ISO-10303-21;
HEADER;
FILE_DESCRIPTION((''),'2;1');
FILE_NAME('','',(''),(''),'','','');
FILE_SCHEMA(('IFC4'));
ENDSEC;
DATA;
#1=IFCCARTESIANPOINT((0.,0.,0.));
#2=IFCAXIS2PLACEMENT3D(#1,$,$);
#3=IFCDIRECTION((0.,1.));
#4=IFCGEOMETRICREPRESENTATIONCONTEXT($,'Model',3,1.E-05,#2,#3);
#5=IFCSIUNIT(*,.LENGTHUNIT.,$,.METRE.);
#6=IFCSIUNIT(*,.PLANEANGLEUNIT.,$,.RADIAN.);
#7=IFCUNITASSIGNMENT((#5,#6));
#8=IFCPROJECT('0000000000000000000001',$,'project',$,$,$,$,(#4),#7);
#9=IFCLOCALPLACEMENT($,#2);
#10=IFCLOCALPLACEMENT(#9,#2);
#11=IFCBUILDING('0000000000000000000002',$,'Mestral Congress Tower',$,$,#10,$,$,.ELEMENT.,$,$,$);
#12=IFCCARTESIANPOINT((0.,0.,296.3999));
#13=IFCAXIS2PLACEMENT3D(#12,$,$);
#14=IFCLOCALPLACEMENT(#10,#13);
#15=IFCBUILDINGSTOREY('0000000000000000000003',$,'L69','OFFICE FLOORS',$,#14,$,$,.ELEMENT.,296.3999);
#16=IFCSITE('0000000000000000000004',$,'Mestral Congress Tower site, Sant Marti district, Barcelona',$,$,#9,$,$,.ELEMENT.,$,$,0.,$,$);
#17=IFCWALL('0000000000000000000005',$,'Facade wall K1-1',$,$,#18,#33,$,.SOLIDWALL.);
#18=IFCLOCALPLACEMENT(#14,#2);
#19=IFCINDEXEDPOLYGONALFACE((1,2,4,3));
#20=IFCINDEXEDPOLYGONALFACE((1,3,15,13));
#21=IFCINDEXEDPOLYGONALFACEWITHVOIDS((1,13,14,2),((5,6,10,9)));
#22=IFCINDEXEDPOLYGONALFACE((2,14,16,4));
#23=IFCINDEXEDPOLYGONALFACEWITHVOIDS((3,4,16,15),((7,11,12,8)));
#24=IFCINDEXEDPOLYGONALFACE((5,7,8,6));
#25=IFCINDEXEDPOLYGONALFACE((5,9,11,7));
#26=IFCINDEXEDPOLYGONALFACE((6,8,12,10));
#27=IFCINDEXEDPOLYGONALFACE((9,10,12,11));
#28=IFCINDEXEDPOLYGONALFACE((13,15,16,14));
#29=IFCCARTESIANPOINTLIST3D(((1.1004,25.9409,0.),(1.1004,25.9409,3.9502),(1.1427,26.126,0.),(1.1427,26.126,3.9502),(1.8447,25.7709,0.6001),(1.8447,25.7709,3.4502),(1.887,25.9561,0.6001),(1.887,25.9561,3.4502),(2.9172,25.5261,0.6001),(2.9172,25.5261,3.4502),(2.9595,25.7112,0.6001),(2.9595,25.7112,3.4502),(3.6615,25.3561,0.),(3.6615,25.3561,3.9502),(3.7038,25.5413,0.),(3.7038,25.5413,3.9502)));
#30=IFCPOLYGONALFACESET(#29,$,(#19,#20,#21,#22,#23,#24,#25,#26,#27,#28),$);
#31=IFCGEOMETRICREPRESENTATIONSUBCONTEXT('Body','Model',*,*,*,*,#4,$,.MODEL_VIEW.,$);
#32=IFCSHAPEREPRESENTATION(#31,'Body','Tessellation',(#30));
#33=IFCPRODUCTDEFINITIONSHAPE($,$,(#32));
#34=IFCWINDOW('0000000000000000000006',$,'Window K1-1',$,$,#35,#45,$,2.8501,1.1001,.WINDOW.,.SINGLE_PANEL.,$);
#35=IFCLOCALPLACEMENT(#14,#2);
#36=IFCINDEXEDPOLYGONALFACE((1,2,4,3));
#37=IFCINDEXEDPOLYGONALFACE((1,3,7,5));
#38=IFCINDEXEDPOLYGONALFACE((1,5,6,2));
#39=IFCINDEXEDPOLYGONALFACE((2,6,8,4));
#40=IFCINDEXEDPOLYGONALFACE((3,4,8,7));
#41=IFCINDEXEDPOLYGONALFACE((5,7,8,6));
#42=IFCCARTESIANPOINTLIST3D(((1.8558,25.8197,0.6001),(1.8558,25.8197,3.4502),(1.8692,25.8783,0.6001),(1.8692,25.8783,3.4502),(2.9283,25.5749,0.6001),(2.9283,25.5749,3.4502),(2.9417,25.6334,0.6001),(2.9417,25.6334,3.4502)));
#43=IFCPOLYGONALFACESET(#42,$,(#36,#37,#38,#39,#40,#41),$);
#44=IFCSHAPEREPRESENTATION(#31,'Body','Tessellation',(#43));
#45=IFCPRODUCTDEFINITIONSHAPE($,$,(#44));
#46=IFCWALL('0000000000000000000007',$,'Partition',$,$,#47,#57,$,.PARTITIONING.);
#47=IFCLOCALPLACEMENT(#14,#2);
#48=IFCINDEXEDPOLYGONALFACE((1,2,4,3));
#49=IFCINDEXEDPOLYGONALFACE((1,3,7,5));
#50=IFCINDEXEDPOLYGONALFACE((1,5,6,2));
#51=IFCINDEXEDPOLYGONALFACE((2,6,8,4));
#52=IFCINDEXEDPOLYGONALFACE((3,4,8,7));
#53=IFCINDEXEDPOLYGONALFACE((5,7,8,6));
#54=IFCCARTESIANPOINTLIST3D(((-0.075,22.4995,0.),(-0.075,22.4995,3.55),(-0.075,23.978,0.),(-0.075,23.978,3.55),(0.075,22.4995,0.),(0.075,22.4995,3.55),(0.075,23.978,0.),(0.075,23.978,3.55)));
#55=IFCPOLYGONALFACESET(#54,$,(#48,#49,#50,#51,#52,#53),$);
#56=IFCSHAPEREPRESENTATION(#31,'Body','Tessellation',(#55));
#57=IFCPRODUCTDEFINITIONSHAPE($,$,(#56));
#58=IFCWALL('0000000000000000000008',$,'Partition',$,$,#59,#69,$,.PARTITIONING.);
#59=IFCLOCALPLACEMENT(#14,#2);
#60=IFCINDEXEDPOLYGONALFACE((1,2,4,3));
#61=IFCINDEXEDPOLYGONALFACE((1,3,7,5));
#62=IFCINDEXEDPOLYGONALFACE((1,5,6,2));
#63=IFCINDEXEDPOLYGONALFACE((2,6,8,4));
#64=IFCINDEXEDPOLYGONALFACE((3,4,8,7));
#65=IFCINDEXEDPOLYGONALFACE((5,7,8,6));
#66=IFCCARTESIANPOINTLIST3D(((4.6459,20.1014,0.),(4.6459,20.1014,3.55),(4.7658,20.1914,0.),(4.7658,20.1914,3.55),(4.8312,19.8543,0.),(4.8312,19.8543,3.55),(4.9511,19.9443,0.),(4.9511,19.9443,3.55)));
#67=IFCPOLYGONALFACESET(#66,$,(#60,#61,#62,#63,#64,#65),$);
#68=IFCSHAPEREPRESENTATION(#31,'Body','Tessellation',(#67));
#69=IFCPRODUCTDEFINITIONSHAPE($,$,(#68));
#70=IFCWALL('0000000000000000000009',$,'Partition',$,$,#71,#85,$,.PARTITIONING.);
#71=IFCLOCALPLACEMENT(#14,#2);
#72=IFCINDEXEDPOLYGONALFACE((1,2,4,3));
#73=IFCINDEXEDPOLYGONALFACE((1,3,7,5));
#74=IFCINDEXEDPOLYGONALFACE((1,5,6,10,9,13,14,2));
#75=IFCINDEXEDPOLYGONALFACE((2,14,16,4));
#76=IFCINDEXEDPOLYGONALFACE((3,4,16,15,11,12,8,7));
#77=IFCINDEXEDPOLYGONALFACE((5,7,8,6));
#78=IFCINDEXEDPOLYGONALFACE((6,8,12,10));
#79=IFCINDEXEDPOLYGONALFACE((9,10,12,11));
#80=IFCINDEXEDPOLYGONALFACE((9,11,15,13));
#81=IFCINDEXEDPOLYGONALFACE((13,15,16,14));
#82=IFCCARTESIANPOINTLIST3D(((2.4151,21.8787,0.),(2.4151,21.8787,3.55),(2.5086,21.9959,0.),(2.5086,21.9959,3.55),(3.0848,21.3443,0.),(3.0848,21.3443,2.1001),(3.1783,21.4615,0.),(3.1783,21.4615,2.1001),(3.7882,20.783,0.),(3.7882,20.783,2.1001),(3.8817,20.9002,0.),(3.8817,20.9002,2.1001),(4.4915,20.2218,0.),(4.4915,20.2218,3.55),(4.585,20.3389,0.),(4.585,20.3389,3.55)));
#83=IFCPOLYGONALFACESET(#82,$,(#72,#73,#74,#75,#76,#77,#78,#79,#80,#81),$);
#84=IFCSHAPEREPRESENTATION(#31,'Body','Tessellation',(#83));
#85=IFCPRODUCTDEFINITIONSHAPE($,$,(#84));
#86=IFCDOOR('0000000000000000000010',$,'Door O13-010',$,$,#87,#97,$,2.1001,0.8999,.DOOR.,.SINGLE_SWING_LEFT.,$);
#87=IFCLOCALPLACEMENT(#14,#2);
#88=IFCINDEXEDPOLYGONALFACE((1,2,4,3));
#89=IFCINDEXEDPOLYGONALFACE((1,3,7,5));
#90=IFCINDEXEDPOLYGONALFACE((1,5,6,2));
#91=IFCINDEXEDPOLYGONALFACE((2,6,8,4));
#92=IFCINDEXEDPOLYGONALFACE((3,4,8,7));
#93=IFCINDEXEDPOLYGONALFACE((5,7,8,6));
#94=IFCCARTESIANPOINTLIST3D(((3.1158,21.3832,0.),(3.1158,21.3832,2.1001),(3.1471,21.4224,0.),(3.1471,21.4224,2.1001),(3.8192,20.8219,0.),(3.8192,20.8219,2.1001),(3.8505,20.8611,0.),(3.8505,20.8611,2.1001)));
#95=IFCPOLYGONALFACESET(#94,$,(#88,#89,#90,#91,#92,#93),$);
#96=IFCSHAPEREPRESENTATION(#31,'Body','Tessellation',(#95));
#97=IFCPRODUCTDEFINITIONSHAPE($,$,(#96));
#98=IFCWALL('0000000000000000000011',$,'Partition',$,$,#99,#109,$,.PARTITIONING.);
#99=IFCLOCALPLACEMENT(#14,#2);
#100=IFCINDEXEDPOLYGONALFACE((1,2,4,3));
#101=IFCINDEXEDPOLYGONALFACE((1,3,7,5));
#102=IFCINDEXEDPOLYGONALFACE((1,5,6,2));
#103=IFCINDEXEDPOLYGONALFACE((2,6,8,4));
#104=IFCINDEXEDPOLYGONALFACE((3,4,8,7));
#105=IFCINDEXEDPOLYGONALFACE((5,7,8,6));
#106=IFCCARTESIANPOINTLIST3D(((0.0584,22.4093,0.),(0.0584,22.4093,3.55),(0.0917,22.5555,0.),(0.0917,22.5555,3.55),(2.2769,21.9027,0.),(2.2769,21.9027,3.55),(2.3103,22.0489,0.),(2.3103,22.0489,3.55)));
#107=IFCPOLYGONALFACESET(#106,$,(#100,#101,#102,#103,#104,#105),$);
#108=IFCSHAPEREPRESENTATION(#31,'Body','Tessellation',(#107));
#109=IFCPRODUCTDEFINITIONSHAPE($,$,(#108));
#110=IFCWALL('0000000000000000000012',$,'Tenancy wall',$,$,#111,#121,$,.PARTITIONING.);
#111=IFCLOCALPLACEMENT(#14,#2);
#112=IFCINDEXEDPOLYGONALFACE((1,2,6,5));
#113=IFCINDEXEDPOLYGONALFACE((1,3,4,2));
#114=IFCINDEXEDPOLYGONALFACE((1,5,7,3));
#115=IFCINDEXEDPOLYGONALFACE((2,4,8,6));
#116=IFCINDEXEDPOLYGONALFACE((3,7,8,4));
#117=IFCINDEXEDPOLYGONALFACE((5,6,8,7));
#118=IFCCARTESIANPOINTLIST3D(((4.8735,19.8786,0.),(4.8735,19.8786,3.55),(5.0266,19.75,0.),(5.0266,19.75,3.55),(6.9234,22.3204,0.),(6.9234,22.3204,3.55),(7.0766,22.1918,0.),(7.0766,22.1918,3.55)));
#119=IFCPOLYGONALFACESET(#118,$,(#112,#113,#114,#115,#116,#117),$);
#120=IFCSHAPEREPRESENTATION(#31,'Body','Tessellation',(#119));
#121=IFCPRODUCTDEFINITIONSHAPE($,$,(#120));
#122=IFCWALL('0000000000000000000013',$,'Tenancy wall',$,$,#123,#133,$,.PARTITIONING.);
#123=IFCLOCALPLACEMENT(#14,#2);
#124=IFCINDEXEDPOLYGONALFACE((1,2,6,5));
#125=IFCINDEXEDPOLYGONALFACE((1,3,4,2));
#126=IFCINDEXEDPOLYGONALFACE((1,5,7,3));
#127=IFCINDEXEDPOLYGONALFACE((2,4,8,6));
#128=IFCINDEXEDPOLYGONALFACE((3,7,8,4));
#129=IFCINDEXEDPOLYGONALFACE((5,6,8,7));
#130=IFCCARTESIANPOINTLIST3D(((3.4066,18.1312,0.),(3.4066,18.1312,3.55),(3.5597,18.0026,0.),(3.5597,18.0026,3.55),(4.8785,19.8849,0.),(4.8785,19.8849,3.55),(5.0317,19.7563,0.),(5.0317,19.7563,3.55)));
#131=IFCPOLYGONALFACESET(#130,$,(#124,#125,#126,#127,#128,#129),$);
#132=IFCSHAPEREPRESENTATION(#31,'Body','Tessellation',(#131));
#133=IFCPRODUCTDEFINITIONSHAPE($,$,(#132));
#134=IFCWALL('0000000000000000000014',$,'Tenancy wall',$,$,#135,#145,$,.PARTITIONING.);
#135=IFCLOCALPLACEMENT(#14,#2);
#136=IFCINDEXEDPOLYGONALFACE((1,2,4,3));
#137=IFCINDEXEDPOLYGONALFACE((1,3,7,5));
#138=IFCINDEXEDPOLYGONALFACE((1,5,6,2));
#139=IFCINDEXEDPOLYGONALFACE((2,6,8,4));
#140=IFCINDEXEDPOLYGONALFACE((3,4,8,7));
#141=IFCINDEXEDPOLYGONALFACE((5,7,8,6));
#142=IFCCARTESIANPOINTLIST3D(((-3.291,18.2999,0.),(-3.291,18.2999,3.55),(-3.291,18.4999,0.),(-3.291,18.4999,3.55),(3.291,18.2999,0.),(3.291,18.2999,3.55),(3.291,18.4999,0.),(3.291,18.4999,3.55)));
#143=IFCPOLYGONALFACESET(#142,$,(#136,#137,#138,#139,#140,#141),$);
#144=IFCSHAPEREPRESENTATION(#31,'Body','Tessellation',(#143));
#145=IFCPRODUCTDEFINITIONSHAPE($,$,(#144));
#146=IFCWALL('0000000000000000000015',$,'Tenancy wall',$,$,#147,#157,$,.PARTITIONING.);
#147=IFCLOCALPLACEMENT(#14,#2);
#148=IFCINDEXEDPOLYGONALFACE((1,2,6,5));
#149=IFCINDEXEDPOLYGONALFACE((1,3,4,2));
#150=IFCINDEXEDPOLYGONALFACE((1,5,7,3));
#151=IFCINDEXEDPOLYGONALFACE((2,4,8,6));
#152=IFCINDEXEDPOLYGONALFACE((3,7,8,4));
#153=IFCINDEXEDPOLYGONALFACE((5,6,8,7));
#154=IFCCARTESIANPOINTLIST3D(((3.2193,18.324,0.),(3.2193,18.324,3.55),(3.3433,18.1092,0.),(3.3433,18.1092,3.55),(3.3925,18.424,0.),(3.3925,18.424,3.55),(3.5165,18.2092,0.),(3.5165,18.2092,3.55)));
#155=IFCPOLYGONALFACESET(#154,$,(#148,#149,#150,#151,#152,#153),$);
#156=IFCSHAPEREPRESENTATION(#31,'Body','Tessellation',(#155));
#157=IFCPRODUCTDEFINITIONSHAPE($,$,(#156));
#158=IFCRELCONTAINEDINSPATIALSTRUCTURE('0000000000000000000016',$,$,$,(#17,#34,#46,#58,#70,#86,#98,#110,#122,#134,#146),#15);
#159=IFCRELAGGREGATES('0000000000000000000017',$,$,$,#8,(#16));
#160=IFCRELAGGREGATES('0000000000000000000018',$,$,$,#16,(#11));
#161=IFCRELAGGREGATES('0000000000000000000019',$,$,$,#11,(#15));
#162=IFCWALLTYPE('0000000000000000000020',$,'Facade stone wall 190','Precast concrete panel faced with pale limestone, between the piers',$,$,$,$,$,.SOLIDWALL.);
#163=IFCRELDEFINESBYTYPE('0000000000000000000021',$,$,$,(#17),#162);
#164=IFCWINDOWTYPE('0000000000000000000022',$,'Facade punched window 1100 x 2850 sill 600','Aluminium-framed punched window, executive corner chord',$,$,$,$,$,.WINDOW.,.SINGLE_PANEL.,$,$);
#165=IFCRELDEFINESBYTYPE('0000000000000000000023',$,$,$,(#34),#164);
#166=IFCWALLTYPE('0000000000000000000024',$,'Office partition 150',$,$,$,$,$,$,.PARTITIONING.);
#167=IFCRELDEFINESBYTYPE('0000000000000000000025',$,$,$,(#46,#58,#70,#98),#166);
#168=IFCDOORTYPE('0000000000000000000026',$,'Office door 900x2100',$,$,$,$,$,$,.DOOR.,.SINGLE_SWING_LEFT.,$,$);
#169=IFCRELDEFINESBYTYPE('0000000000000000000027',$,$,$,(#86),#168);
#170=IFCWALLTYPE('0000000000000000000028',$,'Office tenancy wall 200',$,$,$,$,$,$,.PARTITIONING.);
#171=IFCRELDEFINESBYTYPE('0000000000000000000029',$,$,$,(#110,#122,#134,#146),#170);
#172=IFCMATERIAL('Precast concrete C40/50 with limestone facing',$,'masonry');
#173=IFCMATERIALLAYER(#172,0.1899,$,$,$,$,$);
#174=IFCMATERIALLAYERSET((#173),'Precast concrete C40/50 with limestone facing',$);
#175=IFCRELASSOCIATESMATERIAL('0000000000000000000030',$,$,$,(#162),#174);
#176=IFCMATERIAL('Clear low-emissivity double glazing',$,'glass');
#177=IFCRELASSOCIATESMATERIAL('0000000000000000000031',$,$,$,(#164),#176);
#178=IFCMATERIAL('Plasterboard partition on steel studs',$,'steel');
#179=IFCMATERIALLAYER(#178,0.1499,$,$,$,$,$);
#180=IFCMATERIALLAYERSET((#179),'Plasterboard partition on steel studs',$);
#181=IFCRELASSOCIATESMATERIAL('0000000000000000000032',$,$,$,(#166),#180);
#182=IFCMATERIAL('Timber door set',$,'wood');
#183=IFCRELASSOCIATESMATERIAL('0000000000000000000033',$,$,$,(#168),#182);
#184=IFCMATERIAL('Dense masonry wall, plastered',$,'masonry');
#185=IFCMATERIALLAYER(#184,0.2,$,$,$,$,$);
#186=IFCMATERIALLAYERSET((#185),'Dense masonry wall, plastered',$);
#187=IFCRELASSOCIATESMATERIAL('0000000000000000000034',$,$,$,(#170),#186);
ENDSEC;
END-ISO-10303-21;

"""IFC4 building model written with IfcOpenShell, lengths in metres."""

from ifc_helpers import new_model, si_unit, direction, frame, frame_2d, origin, place, context, subcontext, project, spatial, rectangle, extrude, material, layer, layer_set, type_object, element, fill, save


model = new_model("IFC4")

# Units and contexts
model_context = context("Model", 3, precision=1e-05, world=origin(), true_north=direction((0.0, 1.0)))
body_context = subcontext(model_context, "Body", "Model", "MODEL_VIEW")
ifc_project = project(units=[si_unit("LENGTHUNIT", "METRE"), si_unit("PLANEANGLEUNIT", "RADIAN")], contexts=[model_context])

# Site, building, storey
site_placement = place(None, origin())
site = spatial("IfcSite", under=ifc_project, at=site_placement, Name="Mestral Congress Tower site, Sant Marti district, Barcelona", CompositionType="ELEMENT", RefElevation=0.0)
building_placement = place(site_placement, origin())
building = spatial("IfcBuilding", under=site, at=building_placement, Name="Mestral Congress Tower", CompositionType="ELEMENT")
storey_placement = place(building_placement, frame((0.0, 0.0, 296.3999)))
storey = spatial("IfcBuildingStorey", under=building, at=storey_placement, Name="L69", Description="OFFICE FLOORS", CompositionType="ELEMENT", Elevation=296.3999)

# Shared definitions
ifc_material_1 = material(Name="Precast concrete C40/50 with limestone facing", Category="masonry")
ifc_layer_1 = layer(ifc_material_1, 0.1899)
ifc_layer_set_1 = layer_set([ifc_layer_1], Name="Precast concrete C40/50 with limestone facing")
wall_type_1 = type_object("IfcWallType", Name="Facade stone wall 190", Description="Precast concrete panel faced with pale limestone, between the piers", PredefinedType="SOLIDWALL", material=ifc_layer_set_1)
ifc_material_2 = material(Name="Clear low-emissivity double glazing", Category="glass")

# Wall, opening, window
window_type_1 = type_object("IfcWindowType", Name="Facade punched window 1100 x 2850 sill 600", Description="Aluminium-framed punched window, executive corner chord", PartitioningType="SINGLE_PANEL", PredefinedType="WINDOW", material=ifc_material_2)
wall_1_placement = place(storey_placement, frame((3.6826, 25.4487, 0.0), z_axis=(0.0, 0.0, 1.0), x_axis=(-0.974913, 0.222585, 0.0)))
wall_1 = element("IfcWall", 1, at=wall_1_placement, inside=storey, type_object=wall_type_1, Name="Facade wall K1-1", PredefinedType="SOLIDWALL", context=body_context, shape_type="SweptSolid", body=[
    extrude(rectangle(XDim=2.627, YDim=0.1899, at=frame_2d((1.3135, 0.0))), origin(), (0.0, 0.0, 1.0), 3.9502),
])
opening_1_placement = place(wall_1_placement, frame((0.7634, 0.0, 0.6001)))
opening_1 = element("IfcOpeningElement", 2, at=opening_1_placement, cuts=wall_1, PredefinedType="OPENING", context=body_context, shape_type="SweptSolid", body=[
    extrude(rectangle(XDim=1.1001, YDim=2.8501, at=frame_2d((0.55, 1.425))), frame((0.0, 0.105, 0.0), z_axis=(0.0, -1.0, 0.0), x_axis=(1.0, 0.0, 0.0)), (0.0, 0.0, 1.0), 0.21),
])
window_1_placement = place(opening_1_placement, origin())
window_1 = element("IfcWindow", 3, at=window_1_placement, inside=storey, type_object=window_type_1, Name="Window K1-1", OverallHeight=2.8501, OverallWidth=1.1001, PartitioningType="SINGLE_PANEL", PredefinedType="WINDOW", context=body_context, shape_type="SweptSolid", body=[
    extrude(rectangle(XDim=1.1001, YDim=2.8501, at=frame_2d((0.55, 1.425))), frame((0.0, 0.0449, 0.0), z_axis=(0.0, -1.0, 0.0), x_axis=(1.0, 0.0, 0.0)), (0.0, 0.0, 1.0), 0.0601),
])
fill(opening_1, window_1)

# Walls
ifc_material_3 = material(Name="Plasterboard partition on steel studs", Category="steel")
ifc_layer_2 = layer(ifc_material_3, 0.1499)
ifc_layer_set_2 = layer_set([ifc_layer_2], Name="Plasterboard partition on steel studs")
wall_type_2 = type_object("IfcWallType", Name="Office partition 150", PredefinedType="PARTITIONING", material=ifc_layer_set_2)
wall_2_placement = place(storey_placement, frame((0.0, 22.4995, 0.0), z_axis=(0.0, 0.0, 1.0), x_axis=(0.0, 1.0, 0.0)))
element("IfcWall", 4, at=wall_2_placement, inside=storey, type_object=wall_type_2, Name="Partition", PredefinedType="PARTITIONING", context=body_context, shape_type="SweptSolid", body=[
    extrude(rectangle(XDim=1.4785, YDim=0.1499, at=frame_2d((0.7393, 0.0))), origin(), (0.0, 0.0, 1.0), 3.55),
])
wall_3_placement = place(storey_placement, frame((4.8911, 19.8994, 0.0), z_axis=(0.0, 0.0, 1.0), x_axis=(-0.6, 0.8, 0.0)))
element("IfcWall", 5, at=wall_3_placement, inside=storey, type_object=wall_type_2, Name="Partition", PredefinedType="PARTITIONING", context=body_context, shape_type="SweptSolid", body=[
    extrude(rectangle(XDim=0.3088, YDim=0.1499, at=frame_2d((0.1543, 0.0))), origin(), (0.0, 0.0, 1.0), 3.55),
])

# Wall, opening, door
wall_4_placement = place(storey_placement, frame((2.4619, 21.9373, 0.0), z_axis=(0.0, 0.0, 1.0), x_axis=(0.78163, -0.623742, 0.0)))
wall_4 = element("IfcWall", 6, at=wall_4_placement, inside=storey, type_object=wall_type_2, Name="Partition", PredefinedType="PARTITIONING", context=body_context, shape_type="SweptSolid", body=[
    extrude(rectangle(XDim=2.6565, YDim=0.1499, at=frame_2d((1.3281, 0.0))), origin(), (0.0, 0.0, 1.0), 3.55),
])
opening_2_placement = place(wall_4_placement, frame((0.8567, 0.0, 0.0)))
opening_2 = element("IfcOpeningElement", 7, at=opening_2_placement, cuts=wall_4, PredefinedType="OPENING", context=body_context, shape_type="SweptSolid", body=[
    extrude(rectangle(XDim=0.8999, YDim=2.1001, at=frame_2d((0.45, 1.05))), frame((0.0, 0.085, 0.0), z_axis=(0.0, -1.0, 0.0), x_axis=(1.0, 0.0, 0.0)), (0.0, 0.0, 1.0), 0.1699),
])
ifc_material_4 = material(Name="Timber door set", Category="wood")
door_type = type_object("IfcDoorType", Name="Office door 900x2100", OperationType="SINGLE_SWING_LEFT", PredefinedType="DOOR", material=ifc_material_4)
door_placement = place(opening_2_placement, origin())
door = element("IfcDoor", 8, at=door_placement, inside=storey, type_object=door_type, Name="Door O13-010", OperationType="SINGLE_SWING_LEFT", OverallHeight=2.1001, OverallWidth=0.8999, PredefinedType="DOOR", context=body_context, shape_type="SweptSolid", body=[
    extrude(rectangle(XDim=0.8999, YDim=2.1001, at=frame_2d((0.45, 1.05))), frame((0.0, 0.0249, 0.0), z_axis=(0.0, -1.0, 0.0), x_axis=(1.0, 0.0, 0.0)), (0.0, 0.0, 1.0), 0.05),
])
fill(opening_2, door)

# Walls
wall_5_placement = place(storey_placement, frame((2.2935, 21.9758, 0.0), z_axis=(0.0, 0.0, 1.0), x_axis=(-0.974906, 0.222618, 0.0)))
element("IfcWall", 9, at=wall_5_placement, inside=storey, type_object=wall_type_2, Name="Partition", PredefinedType="PARTITIONING", context=body_context, shape_type="SweptSolid", body=[
    extrude(rectangle(XDim=2.2756, YDim=0.1499, at=frame_2d((1.1377, 0.0))), origin(), (0.0, 0.0, 1.0), 3.55),
])
ifc_material_5 = material(Name="Dense masonry wall, plastered", Category="masonry")
ifc_layer_3 = layer(ifc_material_5, 0.2)
ifc_layer_set_3 = layer_set([ifc_layer_3], Name="Dense masonry wall, plastered")
wall_type_3 = type_object("IfcWallType", Name="Office tenancy wall 200", PredefinedType="PARTITIONING", material=ifc_layer_set_3)
wall_6_placement = place(storey_placement, frame((4.95, 19.8142, 0.0), z_axis=(0.0, 0.0, 1.0), x_axis=(0.642982, 0.765881, 0.0)))
element("IfcWall", 10, at=wall_6_placement, inside=storey, type_object=wall_type_3, Name="Tenancy wall", PredefinedType="PARTITIONING", context=body_context, shape_type="SweptSolid", body=[
    extrude(rectangle(XDim=3.1882, YDim=0.2, at=frame_2d((1.5942, 0.0))), origin(), (0.0, 0.0, 1.0), 3.55),
])
wall_7_placement = place(storey_placement, frame((3.4832, 18.0669, 0.0), z_axis=(0.0, 0.0, 1.0), x_axis=(0.642897, 0.765953, 0.0)))
element("IfcWall", 11, at=wall_7_placement, inside=storey, type_object=wall_type_3, Name="Tenancy wall", PredefinedType="PARTITIONING", context=body_context, shape_type="SweptSolid", body=[
    extrude(rectangle(XDim=2.2896, YDim=0.2, at=frame_2d((1.1448, 0.0))), origin(), (0.0, 0.0, 1.0), 3.55),
])
wall_8_placement = place(storey_placement, frame((3.291, 18.3999, 0.0), z_axis=(0.0, 0.0, 1.0), x_axis=(-1.0, 0.0, 0.0)))
element("IfcWall", 12, at=wall_8_placement, inside=storey, type_object=wall_type_3, Name="Tenancy wall", PredefinedType="PARTITIONING", context=body_context, shape_type="SweptSolid", body=[
    extrude(rectangle(XDim=6.582, YDim=0.2, at=frame_2d((3.291, 0.0))), origin(), (0.0, 0.0, 1.0), 3.55),
])
wall_9_placement = place(storey_placement, frame((3.4299, 18.1592, 0.0), z_axis=(0.0, 0.0, 1.0), x_axis=(-0.49995, 0.866054, 0.0)))
element("IfcWall", 13, at=wall_9_placement, inside=storey, type_object=wall_type_3, Name="Tenancy wall", PredefinedType="PARTITIONING", context=body_context, shape_type="SweptSolid", body=[
    extrude(rectangle(XDim=0.248, YDim=0.2, at=frame_2d((0.124, 0.0))), origin(), (0.0, 0.0, 1.0), 3.55),
])

save(model, "model.ifc")
